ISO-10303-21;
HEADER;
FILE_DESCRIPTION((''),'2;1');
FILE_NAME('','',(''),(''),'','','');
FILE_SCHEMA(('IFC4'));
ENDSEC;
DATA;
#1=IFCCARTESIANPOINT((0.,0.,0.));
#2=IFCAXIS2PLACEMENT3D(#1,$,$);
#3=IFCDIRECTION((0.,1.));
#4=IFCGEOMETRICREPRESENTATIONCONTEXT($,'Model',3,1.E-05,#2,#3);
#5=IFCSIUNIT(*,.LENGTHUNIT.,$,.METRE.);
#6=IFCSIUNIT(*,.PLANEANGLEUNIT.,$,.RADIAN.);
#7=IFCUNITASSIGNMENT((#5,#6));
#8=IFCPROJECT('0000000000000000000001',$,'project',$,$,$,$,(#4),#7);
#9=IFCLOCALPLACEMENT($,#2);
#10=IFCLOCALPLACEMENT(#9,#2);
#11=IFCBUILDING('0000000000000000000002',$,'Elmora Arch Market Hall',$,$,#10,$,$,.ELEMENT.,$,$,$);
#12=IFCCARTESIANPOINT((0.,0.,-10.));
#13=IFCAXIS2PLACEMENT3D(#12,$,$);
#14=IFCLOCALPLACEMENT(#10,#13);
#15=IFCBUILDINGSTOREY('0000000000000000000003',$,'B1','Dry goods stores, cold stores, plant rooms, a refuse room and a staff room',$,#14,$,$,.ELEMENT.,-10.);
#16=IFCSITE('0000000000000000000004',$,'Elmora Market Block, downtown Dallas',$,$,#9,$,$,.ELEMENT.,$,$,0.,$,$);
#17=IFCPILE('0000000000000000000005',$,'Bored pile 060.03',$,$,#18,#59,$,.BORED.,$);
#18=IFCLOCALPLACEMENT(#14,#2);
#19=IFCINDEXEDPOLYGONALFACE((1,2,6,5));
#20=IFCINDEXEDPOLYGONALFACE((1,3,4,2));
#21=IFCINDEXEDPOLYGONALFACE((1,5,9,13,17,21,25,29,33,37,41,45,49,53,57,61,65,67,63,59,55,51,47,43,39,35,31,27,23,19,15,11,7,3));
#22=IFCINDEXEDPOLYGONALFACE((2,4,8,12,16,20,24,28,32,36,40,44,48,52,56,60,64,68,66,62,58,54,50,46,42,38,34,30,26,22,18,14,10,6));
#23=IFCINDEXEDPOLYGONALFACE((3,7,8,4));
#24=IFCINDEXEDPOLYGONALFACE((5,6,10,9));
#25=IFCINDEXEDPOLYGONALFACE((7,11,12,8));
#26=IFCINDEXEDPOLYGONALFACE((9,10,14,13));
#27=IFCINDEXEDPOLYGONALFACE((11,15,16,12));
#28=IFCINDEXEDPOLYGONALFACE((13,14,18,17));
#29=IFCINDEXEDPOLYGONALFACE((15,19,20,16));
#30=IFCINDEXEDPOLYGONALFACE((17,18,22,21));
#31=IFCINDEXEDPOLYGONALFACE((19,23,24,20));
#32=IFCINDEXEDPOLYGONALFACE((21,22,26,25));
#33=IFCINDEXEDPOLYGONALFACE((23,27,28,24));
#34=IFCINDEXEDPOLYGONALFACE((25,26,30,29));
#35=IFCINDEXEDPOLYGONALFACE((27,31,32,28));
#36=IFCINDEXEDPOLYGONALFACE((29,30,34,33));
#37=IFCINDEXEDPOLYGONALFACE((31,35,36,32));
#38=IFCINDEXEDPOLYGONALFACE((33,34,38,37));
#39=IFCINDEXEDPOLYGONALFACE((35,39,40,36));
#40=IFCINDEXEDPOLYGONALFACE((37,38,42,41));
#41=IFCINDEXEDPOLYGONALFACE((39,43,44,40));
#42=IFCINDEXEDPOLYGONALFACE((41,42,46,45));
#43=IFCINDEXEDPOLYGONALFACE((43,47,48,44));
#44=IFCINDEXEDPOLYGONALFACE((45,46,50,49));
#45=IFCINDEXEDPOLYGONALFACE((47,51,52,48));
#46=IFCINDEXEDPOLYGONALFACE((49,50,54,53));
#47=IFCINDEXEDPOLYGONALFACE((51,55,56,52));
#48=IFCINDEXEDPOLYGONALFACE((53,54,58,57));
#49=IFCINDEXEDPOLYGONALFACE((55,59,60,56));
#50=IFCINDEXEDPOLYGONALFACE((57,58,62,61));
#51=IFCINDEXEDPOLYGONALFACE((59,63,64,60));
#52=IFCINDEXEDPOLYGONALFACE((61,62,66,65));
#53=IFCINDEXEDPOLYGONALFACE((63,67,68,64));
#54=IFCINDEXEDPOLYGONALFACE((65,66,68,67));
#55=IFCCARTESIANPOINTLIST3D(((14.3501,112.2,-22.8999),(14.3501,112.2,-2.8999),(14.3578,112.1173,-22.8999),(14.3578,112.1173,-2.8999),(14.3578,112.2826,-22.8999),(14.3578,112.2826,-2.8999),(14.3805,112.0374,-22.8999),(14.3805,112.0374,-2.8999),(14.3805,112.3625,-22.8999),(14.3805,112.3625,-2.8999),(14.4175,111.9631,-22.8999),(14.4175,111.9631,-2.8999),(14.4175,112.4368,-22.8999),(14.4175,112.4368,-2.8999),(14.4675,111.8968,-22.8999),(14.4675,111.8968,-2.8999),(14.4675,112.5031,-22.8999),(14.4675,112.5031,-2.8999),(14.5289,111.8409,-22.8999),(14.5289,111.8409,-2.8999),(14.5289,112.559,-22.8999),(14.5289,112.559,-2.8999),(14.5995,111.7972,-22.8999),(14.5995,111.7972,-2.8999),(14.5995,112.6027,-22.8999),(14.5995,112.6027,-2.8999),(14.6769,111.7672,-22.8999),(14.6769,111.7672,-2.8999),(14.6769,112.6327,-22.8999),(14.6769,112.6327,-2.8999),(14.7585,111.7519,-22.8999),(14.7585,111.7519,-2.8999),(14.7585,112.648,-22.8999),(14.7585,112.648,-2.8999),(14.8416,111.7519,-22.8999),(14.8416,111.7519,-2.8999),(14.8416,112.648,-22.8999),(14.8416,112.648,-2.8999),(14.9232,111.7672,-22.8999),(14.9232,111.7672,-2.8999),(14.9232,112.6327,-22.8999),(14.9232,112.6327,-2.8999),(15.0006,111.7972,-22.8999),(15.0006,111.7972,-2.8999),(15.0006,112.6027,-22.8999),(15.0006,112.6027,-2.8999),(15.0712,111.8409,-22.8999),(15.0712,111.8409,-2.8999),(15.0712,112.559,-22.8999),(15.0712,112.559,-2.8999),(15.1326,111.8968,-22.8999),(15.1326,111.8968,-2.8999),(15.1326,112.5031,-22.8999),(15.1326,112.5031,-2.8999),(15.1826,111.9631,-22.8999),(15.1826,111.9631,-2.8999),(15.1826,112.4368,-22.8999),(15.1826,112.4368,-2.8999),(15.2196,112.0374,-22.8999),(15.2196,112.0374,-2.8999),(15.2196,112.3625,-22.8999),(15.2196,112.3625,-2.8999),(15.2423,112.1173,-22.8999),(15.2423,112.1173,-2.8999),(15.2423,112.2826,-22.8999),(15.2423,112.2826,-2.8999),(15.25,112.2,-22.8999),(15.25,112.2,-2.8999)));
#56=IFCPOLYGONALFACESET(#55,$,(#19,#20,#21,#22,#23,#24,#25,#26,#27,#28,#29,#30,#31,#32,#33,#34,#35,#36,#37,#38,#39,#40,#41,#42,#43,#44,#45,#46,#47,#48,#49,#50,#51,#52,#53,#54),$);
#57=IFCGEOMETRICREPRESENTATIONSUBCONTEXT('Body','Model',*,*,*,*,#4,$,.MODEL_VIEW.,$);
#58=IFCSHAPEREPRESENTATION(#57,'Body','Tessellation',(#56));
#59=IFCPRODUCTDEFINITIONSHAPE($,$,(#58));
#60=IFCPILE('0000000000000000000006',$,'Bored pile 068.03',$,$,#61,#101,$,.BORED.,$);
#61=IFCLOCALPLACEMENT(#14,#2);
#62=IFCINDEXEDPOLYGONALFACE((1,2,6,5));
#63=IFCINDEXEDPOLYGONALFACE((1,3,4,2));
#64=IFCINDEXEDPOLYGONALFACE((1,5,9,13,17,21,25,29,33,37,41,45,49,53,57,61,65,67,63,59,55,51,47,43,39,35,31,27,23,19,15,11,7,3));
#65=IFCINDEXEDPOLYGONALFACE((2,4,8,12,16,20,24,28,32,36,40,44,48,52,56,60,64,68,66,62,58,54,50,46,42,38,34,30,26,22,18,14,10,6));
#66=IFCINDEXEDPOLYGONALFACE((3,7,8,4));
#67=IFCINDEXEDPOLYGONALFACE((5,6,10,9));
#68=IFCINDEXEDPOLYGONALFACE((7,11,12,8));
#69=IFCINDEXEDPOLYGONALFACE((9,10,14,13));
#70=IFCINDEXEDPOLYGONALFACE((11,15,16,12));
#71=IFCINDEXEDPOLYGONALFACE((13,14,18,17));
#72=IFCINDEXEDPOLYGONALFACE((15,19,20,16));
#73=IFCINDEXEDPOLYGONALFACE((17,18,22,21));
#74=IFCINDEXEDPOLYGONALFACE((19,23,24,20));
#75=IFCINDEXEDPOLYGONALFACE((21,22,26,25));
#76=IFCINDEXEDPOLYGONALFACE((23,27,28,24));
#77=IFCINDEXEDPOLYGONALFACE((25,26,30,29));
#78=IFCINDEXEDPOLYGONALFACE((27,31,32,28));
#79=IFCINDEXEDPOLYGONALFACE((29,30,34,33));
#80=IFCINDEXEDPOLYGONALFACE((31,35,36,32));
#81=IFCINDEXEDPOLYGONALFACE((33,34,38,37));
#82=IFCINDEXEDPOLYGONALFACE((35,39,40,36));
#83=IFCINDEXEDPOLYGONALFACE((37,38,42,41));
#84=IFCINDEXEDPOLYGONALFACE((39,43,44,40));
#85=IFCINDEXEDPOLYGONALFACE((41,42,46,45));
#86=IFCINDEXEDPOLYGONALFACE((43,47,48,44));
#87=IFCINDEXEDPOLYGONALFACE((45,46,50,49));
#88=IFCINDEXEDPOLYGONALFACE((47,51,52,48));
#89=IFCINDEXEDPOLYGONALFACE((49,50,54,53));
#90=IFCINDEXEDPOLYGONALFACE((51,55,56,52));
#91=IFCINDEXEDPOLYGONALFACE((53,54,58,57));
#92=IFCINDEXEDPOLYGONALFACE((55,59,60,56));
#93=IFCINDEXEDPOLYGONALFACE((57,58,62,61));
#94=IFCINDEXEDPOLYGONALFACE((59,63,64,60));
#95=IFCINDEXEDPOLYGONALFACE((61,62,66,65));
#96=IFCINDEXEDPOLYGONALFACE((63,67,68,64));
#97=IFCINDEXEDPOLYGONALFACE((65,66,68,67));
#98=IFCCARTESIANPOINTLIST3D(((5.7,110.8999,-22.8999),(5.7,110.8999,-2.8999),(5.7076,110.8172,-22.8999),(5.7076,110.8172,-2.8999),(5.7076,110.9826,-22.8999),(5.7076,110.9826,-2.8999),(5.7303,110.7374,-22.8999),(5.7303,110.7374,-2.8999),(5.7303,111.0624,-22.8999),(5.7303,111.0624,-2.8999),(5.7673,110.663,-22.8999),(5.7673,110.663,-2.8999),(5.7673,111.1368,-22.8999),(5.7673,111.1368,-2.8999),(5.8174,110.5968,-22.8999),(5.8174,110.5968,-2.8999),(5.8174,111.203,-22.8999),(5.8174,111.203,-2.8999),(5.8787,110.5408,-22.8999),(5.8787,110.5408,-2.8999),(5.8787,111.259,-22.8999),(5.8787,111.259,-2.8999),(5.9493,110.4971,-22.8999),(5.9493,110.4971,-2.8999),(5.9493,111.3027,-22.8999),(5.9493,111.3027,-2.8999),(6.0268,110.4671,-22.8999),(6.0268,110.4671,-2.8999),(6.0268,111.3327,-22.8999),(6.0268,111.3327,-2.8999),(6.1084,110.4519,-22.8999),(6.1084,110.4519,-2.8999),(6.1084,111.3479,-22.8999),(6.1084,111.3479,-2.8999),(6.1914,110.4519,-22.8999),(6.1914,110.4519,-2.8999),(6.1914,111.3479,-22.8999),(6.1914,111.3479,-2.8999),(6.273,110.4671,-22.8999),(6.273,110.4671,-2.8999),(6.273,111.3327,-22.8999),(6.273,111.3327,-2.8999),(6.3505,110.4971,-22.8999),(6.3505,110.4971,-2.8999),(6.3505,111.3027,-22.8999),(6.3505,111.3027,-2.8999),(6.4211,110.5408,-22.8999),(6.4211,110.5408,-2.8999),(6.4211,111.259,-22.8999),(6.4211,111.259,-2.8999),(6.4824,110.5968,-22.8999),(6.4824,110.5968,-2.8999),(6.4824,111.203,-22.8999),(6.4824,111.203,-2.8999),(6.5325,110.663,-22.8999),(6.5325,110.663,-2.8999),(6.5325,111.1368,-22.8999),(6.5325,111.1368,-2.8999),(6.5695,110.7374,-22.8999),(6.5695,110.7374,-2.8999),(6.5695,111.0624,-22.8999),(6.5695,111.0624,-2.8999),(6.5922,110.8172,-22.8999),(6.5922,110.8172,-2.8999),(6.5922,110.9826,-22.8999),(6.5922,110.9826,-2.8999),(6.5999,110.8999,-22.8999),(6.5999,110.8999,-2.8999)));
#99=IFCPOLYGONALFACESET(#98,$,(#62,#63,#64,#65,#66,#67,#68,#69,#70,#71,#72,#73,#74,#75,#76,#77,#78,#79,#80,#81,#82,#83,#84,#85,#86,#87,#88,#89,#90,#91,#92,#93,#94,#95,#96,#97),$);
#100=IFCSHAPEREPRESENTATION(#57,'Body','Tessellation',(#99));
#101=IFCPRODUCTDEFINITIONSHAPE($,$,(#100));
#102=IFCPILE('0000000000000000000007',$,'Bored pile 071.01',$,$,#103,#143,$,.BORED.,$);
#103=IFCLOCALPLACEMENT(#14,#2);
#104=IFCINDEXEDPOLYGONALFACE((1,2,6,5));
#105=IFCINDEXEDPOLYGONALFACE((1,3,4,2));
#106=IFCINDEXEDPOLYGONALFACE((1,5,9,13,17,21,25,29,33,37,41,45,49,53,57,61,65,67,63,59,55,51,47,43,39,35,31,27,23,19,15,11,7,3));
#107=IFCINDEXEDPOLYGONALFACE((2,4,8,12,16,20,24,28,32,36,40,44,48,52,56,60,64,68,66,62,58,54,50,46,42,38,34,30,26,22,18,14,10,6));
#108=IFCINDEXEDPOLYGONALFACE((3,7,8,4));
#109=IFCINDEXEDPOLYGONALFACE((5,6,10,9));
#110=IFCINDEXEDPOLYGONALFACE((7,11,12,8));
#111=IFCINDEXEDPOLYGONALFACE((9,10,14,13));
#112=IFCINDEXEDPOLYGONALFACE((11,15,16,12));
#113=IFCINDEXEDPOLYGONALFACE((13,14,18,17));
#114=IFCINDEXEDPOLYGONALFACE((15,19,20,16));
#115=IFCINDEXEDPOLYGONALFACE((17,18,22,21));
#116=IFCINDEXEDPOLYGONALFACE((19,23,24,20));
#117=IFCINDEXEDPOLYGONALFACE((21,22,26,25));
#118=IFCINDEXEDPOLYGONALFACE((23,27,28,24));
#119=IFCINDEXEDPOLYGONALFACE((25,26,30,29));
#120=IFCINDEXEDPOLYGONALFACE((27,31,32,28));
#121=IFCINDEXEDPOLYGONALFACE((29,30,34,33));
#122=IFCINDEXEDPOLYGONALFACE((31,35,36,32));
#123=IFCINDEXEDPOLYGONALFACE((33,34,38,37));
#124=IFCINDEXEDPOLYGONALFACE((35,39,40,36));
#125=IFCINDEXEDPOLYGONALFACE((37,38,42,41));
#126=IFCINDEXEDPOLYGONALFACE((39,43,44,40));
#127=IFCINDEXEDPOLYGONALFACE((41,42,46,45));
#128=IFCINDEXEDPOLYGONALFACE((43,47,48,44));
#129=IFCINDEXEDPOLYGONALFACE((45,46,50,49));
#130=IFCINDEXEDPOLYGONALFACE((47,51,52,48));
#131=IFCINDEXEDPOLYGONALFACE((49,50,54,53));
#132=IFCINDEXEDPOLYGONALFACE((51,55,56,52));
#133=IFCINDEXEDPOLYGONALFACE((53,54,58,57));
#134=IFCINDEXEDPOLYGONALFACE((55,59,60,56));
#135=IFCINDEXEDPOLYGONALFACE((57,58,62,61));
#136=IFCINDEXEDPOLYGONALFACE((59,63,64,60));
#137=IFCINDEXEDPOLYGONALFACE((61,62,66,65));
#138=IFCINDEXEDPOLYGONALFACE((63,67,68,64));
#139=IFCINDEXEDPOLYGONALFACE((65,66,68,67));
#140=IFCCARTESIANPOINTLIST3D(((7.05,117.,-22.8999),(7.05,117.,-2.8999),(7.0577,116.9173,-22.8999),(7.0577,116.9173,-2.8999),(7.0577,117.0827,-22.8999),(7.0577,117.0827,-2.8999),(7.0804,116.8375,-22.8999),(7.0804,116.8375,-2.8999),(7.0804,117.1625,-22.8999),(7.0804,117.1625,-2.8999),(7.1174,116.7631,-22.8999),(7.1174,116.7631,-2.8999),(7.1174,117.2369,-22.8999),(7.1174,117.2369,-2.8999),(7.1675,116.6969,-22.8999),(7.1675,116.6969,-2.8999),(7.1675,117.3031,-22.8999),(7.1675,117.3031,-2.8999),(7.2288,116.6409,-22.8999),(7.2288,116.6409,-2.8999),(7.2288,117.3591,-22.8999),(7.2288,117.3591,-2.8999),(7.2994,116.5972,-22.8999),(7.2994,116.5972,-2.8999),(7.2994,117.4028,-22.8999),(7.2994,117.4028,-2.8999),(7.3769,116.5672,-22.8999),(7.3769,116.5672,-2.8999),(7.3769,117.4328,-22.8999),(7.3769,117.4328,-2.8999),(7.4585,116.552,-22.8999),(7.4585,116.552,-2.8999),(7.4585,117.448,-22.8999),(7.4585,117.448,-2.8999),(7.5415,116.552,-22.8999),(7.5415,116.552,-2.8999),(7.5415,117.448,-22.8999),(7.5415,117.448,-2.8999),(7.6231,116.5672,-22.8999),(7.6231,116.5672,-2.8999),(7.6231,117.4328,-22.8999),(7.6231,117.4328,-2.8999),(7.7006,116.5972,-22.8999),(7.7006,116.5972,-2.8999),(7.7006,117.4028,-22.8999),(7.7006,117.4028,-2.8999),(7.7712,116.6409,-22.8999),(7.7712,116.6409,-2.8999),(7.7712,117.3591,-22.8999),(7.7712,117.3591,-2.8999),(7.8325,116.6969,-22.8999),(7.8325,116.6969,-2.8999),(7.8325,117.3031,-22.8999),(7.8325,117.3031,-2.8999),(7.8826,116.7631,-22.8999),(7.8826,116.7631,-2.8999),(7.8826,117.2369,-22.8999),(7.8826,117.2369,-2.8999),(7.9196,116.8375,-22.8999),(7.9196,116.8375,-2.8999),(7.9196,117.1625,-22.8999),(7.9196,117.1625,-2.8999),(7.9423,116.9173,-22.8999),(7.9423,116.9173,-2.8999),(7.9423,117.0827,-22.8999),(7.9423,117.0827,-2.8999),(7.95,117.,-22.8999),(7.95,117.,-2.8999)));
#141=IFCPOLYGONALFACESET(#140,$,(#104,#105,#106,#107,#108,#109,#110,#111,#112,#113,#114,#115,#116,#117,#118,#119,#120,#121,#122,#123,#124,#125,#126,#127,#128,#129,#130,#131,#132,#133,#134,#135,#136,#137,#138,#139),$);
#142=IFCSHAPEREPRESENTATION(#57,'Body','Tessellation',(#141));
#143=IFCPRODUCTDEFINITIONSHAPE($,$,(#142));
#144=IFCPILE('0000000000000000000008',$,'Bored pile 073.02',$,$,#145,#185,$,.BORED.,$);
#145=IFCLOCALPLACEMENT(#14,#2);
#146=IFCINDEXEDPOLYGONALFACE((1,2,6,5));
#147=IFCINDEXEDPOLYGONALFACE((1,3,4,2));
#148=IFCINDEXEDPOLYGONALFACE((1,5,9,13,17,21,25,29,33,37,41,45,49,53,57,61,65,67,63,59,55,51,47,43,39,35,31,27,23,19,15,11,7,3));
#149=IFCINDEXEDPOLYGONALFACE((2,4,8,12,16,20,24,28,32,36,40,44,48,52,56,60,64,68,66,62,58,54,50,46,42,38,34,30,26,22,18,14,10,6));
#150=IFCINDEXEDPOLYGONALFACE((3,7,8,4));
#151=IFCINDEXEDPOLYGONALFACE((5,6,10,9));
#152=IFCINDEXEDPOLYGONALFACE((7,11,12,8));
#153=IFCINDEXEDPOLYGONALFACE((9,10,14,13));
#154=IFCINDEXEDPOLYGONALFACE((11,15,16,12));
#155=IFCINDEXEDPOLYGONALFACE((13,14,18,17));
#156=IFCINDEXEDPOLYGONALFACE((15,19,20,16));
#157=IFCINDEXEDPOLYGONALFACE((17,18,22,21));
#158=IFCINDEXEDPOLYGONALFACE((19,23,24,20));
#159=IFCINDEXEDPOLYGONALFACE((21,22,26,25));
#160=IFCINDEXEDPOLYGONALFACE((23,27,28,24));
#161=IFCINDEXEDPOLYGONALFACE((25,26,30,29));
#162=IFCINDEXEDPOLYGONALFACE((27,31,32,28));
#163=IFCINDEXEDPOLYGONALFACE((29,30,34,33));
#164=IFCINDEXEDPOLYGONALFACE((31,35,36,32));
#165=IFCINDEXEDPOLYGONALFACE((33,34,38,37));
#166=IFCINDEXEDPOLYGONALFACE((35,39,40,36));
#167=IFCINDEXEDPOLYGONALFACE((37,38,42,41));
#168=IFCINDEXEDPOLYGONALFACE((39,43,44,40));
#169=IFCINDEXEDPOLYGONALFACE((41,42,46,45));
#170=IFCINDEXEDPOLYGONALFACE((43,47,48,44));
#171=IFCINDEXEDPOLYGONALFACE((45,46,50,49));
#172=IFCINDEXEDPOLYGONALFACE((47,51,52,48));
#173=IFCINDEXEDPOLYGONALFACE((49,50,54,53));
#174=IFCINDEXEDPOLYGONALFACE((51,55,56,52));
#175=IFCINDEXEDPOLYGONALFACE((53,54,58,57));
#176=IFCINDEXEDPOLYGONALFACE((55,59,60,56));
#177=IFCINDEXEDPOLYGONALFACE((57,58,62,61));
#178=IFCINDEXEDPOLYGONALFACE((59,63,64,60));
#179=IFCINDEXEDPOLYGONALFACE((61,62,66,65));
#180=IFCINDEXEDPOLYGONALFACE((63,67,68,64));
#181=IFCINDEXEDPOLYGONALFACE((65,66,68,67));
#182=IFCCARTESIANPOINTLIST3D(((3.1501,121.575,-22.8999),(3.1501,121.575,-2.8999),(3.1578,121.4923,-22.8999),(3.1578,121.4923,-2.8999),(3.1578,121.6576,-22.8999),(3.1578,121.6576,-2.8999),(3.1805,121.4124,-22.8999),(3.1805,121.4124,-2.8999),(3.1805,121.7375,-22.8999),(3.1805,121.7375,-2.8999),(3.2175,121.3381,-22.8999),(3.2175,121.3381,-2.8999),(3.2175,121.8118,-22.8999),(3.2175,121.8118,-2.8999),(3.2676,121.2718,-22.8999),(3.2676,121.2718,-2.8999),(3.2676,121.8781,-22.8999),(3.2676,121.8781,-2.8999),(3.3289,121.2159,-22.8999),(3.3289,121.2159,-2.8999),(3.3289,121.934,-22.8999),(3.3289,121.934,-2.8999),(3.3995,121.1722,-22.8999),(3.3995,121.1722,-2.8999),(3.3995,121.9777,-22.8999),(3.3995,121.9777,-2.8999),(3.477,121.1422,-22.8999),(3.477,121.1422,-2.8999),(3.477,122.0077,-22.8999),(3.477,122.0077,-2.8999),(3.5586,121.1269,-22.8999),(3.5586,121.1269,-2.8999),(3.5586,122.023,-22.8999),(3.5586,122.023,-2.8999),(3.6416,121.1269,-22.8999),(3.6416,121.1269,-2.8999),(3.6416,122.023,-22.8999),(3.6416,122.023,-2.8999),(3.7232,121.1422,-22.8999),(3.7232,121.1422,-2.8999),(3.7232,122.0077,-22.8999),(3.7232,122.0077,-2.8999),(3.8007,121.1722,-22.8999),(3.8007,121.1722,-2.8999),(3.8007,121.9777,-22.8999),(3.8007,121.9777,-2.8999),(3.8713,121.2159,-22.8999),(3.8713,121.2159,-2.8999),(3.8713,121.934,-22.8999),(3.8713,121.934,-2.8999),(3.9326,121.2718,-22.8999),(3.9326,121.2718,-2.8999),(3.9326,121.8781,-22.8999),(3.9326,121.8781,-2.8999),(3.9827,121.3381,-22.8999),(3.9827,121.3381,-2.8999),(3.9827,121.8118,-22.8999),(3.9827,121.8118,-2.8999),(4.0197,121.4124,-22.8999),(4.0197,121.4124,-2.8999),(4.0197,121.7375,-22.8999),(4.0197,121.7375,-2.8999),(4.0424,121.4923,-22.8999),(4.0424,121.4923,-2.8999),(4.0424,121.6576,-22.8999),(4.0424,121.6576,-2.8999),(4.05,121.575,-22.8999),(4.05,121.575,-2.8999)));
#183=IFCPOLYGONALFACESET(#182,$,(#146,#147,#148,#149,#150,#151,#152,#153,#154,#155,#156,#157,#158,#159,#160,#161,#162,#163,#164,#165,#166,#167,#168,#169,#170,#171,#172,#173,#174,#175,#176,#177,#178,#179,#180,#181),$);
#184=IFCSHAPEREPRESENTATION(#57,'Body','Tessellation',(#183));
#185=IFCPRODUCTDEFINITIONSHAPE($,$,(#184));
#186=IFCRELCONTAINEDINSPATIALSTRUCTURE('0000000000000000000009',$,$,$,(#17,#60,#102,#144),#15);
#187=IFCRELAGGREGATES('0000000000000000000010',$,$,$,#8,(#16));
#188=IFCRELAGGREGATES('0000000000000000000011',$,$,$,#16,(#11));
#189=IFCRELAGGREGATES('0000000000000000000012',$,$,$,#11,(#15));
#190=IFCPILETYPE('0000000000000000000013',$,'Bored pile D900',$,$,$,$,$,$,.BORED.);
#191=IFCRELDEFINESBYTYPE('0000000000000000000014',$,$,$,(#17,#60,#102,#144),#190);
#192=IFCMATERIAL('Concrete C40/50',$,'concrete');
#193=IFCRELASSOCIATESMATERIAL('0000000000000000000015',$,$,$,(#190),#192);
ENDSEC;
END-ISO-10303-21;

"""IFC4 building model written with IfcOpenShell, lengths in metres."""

from ifc_helpers import new_model, si_unit, direction, frame, origin, origin_2d, place, context, subcontext, project, spatial, circle, extrude, material, material_profile, profile_set, type_object, element, save


model = new_model("IFC4")

# Units and contexts
model_context = context("Model", 3, precision=1e-05, world=origin(), true_north=direction((0.0, 1.0)))
body_context = subcontext(model_context, "Body", "Model", "MODEL_VIEW")
ifc_project = project(units=[si_unit("LENGTHUNIT", "METRE"), si_unit("PLANEANGLEUNIT", "RADIAN")], contexts=[model_context])

# Site, building, storey
site_placement = place(None, origin())
site = spatial("IfcSite", under=ifc_project, at=site_placement, Name="Elmora Market Block, downtown Dallas", CompositionType="ELEMENT", RefElevation=0.0)
building_placement = place(site_placement, origin())
building = spatial("IfcBuilding", under=site, at=building_placement, Name="Elmora Arch Market Hall", CompositionType="ELEMENT")
storey_placement = place(building_placement, frame((0.0, 0.0, -10.0)))
storey = spatial("IfcBuildingStorey", under=building, at=storey_placement, Name="B1", Description="Dry goods stores, cold stores, plant rooms, a refuse room and a staff room", CompositionType="ELEMENT", Elevation=-10.0)

# Piles
ifc_material_1 = material(Name="Concrete C40/50", Category="concrete")
ifc_material_profile_1 = material_profile(ifc_material_1, circle(Radius=0.45, at=origin_2d()), Name="Bored pile D900")
ifc_profile_set_1 = profile_set([ifc_material_profile_1], Name="Concrete C40/50")
pile_type = type_object("IfcPileType", Name="Bored pile D900", PredefinedType="BORED", material=ifc_profile_set_1)
for number, where, z_axis, x_axis, name in (
    (1, (14.8, 112.2, -2.8999), (0.0, 0.0, -1.0), (1.0, 0.0, 0.0), "Bored pile 060.03"),
    (2, (6.1499, 110.8999, -2.8999), (0.0, 0.0, -1.0), (1.0, 0.0, 0.0), "Bored pile 068.03"),
    (3, (7.5, 117.0, -2.8999), (0.0, 0.0, -1.0), (1.0, 0.0, 0.0), "Bored pile 071.01"),
    (4, (3.6001, 121.575, -2.8999), (0.0, 0.0, -1.0), (1.0, 0.0, 0.0), "Bored pile 073.02"),
):
    element("IfcPile", number, at=place(storey_placement, frame(where, z_axis=z_axis, x_axis=x_axis)), inside=storey, type_object=pile_type, Name=name, PredefinedType="BORED", context=body_context, shape_type="SweptSolid", body=[
        extrude(circle(Radius=0.45, at=origin_2d()), origin(), (0.0, 0.0, 1.0), 20.0),
    ])

save(model, "model.ifc")
